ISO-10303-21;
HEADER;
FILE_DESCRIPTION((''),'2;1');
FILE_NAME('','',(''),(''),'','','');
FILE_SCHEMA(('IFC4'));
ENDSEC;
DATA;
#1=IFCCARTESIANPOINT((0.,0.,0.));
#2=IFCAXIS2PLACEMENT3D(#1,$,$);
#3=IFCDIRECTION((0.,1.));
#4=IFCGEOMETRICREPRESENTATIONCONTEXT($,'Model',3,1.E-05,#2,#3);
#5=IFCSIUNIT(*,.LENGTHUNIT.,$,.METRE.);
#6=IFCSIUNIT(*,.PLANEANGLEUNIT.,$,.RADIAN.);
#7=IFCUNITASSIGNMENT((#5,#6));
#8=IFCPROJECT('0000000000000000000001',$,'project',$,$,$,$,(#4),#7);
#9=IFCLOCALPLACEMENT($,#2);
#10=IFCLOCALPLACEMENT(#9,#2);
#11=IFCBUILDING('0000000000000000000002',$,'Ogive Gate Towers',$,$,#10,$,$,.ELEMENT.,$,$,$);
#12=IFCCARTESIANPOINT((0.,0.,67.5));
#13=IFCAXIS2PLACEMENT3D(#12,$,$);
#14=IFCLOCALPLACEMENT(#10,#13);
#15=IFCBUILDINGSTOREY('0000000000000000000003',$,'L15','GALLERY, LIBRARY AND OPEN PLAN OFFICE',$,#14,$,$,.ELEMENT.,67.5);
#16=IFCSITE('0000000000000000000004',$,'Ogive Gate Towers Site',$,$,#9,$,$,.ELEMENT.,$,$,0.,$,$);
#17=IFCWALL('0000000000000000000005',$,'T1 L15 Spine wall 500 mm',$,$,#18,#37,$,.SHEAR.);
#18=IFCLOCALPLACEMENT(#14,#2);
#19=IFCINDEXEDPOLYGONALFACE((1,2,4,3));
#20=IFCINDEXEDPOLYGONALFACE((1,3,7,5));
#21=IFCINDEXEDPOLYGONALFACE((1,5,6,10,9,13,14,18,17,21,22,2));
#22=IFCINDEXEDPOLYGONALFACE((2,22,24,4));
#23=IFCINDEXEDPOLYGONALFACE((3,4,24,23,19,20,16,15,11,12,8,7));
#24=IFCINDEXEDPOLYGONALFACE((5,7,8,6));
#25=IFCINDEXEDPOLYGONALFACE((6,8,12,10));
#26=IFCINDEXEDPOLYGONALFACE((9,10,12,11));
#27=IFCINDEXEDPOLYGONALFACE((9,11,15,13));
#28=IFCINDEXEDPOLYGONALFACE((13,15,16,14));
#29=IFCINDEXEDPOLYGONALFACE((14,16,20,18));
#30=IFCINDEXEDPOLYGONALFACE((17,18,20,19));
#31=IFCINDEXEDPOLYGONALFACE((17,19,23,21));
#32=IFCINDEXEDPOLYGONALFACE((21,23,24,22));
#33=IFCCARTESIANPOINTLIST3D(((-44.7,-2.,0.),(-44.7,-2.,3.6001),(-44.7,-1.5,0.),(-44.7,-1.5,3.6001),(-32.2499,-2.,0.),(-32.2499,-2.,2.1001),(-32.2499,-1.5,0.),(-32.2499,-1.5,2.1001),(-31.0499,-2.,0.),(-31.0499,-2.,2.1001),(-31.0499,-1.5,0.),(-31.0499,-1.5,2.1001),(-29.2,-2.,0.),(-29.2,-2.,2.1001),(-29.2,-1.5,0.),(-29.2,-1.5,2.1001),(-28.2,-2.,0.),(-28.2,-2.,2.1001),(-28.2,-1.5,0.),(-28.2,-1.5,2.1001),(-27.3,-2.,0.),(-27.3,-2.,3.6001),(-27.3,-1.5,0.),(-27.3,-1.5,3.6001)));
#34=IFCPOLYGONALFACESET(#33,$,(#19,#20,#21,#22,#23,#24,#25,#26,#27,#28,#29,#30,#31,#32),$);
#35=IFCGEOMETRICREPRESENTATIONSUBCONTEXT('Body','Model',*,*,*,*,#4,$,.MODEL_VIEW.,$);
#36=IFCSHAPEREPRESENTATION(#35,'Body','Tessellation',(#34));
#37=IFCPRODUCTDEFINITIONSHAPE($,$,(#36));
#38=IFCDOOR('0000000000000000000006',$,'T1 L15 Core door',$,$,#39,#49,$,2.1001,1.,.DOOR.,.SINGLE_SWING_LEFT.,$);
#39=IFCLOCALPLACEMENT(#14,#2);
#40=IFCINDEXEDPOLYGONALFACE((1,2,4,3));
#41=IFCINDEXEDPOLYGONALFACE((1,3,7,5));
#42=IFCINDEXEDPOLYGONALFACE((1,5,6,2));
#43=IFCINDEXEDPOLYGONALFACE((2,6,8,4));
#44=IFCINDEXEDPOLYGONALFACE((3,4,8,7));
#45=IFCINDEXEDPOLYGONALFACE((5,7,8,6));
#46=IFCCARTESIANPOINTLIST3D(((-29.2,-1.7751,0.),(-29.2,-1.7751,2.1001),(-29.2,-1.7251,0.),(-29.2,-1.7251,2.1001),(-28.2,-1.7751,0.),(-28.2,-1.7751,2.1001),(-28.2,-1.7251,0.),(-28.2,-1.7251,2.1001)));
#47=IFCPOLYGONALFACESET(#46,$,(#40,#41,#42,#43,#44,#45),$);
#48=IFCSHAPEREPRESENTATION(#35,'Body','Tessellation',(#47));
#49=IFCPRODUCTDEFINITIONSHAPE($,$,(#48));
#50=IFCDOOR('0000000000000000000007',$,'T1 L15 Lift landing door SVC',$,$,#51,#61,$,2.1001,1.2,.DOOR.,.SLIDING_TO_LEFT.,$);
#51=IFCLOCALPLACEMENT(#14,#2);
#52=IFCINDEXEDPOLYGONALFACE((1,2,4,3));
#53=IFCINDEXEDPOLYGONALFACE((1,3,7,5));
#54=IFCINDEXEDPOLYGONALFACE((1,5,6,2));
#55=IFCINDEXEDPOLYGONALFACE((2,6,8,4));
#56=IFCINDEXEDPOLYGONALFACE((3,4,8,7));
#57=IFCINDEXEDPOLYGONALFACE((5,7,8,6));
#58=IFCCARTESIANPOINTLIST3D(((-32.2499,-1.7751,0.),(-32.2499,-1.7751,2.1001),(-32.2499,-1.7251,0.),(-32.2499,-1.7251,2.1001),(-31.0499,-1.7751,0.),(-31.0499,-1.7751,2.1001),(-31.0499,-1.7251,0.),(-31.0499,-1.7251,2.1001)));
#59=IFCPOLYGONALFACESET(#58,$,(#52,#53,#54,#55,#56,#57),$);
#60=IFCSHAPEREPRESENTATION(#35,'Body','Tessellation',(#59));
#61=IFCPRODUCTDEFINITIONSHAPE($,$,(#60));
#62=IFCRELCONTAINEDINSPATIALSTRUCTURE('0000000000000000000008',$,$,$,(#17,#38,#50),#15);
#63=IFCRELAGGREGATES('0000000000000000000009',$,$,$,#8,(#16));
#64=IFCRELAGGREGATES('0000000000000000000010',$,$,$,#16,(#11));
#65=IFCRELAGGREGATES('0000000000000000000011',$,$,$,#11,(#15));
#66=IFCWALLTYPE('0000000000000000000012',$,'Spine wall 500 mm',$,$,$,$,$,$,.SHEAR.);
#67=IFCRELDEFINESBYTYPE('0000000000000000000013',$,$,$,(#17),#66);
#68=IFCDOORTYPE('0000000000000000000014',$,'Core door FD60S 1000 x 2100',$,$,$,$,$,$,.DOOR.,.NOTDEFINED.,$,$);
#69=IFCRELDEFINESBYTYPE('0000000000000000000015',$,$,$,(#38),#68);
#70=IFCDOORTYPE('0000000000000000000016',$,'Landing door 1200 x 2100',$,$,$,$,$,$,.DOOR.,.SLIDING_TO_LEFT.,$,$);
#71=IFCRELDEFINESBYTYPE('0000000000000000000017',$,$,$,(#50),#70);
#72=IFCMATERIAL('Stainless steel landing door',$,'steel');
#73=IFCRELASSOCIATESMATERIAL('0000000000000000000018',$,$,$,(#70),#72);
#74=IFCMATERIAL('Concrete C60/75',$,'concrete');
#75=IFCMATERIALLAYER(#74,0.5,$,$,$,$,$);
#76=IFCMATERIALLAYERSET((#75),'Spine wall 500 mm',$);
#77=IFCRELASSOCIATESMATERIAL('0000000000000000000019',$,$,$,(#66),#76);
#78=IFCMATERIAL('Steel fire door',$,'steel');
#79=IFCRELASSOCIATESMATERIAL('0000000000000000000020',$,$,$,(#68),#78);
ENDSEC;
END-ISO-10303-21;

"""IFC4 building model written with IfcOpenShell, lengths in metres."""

from ifc_helpers import new_model, si_unit, direction, frame, frame_2d, origin, place, context, subcontext, project, spatial, rectangle, extrude, material, layer, layer_set, type_object, element, fill, save


model = new_model("IFC4")

# Units and contexts
model_context = context("Model", 3, precision=1e-05, world=origin(), true_north=direction((0.0, 1.0)))
body_context = subcontext(model_context, "Body", "Model", "MODEL_VIEW")
ifc_project = project(units=[si_unit("LENGTHUNIT", "METRE"), si_unit("PLANEANGLEUNIT", "RADIAN")], contexts=[model_context])

# Site, building, storey
site_placement = place(None, origin())
site = spatial("IfcSite", under=ifc_project, at=site_placement, Name="Ogive Gate Towers Site", CompositionType="ELEMENT", RefElevation=0.0)
building_placement = place(site_placement, origin())
building = spatial("IfcBuilding", under=site, at=building_placement, Name="Ogive Gate Towers", CompositionType="ELEMENT")
storey_placement = place(building_placement, frame((0.0, 0.0, 67.5)))
storey = spatial("IfcBuildingStorey", under=building, at=storey_placement, Name="L15", Description="GALLERY, LIBRARY AND OPEN PLAN OFFICE", CompositionType="ELEMENT", Elevation=67.5)

# Shared definitions
ifc_material_1 = material(Name="Concrete C60/75", Category="concrete")
ifc_material_2 = material(Name="Steel fire door", Category="steel")

# Shared definitions
ifc_material_3 = material(Name="Stainless steel landing door", Category="steel")
door_type_1 = type_object("IfcDoorType", Name="Landing door 1200 x 2100", OperationType="SLIDING_TO_LEFT", PredefinedType="DOOR", material=ifc_material_3)

# Wall, openings, doors
ifc_layer_1 = layer(ifc_material_1, 0.5)
ifc_layer_set_1 = layer_set([ifc_layer_1], Name="Spine wall 500 mm")
wall_type_1 = type_object("IfcWallType", Name="Spine wall 500 mm", PredefinedType="SHEAR", material=ifc_layer_set_1)
wall_1_placement = place(storey_placement, frame((-44.7, -1.75, 0.0), z_axis=(0.0, 0.0, 1.0), x_axis=(1.0, 0.0, 0.0)))
wall_1 = element("IfcWall", 1, at=wall_1_placement, inside=storey, type_object=wall_type_1, Name="T1 L15 Spine wall 500 mm", PredefinedType="SHEAR", context=body_context, shape_type="SweptSolid", body=[
    extrude(rectangle(XDim=17.3999, YDim=0.5, at=frame_2d((8.7, 0.0))), origin(), (0.0, 0.0, 1.0), 3.6001),
])
opening_1_placement = place(wall_1_placement, frame((12.45, 0.0, 0.0)))
opening_1 = element("IfcOpeningElement", 2, at=opening_1_placement, cuts=wall_1, PredefinedType="OPENING", context=body_context, shape_type="SweptSolid", body=[
    extrude(rectangle(XDim=1.2, YDim=2.1001, at=frame_2d((0.6001, 1.05))), frame((0.0, 0.26, 0.0), z_axis=(0.0, -1.0, 0.0), x_axis=(1.0, 0.0, 0.0)), (0.0, 0.0, 1.0), 0.52),
])
opening_2_placement = place(wall_1_placement, frame((15.5, 0.0, 0.0)))
opening_2 = element("IfcOpeningElement", 3, at=opening_2_placement, cuts=wall_1, PredefinedType="OPENING", context=body_context, shape_type="SweptSolid", body=[
    extrude(rectangle(XDim=1.0, YDim=2.1001, at=frame_2d((0.5, 1.05))), frame((0.0, 0.26, 0.0), z_axis=(0.0, -1.0, 0.0), x_axis=(1.0, 0.0, 0.0)), (0.0, 0.0, 1.0), 0.52),
])
door_type_2 = type_object("IfcDoorType", Name="Core door FD60S 1000 x 2100", OperationType="NOTDEFINED", PredefinedType="DOOR", material=ifc_material_2)
door_1_placement = place(opening_2_placement, origin())
door_1 = element("IfcDoor", 4, at=door_1_placement, inside=storey, type_object=door_type_2, Name="T1 L15 Core door", OperationType="SINGLE_SWING_LEFT", OverallHeight=2.1001, OverallWidth=1.0, PredefinedType="DOOR", context=body_context, shape_type="SweptSolid", body=[
    extrude(rectangle(XDim=1.0, YDim=2.1001, at=frame_2d((0.5, 1.05))), frame((0.0, 0.0249, 0.0), z_axis=(0.0, -1.0, 0.0), x_axis=(1.0, 0.0, 0.0)), (0.0, 0.0, 1.0), 0.05),
])
fill(opening_2, door_1)
door_2_placement = place(opening_1_placement, origin())
door_2 = element("IfcDoor", 5, at=door_2_placement, inside=storey, type_object=door_type_1, Name="T1 L15 Lift landing door SVC", OperationType="SLIDING_TO_LEFT", OverallHeight=2.1001, OverallWidth=1.2, PredefinedType="DOOR", context=body_context, shape_type="SweptSolid", body=[
    extrude(rectangle(XDim=1.2, YDim=2.1001, at=frame_2d((0.6001, 1.05))), frame((0.0, 0.0249, 0.0), z_axis=(0.0, -1.0, 0.0), x_axis=(1.0, 0.0, 0.0)), (0.0, 0.0, 1.0), 0.05),
])
fill(opening_1, door_2)

save(model, "model.ifc")
